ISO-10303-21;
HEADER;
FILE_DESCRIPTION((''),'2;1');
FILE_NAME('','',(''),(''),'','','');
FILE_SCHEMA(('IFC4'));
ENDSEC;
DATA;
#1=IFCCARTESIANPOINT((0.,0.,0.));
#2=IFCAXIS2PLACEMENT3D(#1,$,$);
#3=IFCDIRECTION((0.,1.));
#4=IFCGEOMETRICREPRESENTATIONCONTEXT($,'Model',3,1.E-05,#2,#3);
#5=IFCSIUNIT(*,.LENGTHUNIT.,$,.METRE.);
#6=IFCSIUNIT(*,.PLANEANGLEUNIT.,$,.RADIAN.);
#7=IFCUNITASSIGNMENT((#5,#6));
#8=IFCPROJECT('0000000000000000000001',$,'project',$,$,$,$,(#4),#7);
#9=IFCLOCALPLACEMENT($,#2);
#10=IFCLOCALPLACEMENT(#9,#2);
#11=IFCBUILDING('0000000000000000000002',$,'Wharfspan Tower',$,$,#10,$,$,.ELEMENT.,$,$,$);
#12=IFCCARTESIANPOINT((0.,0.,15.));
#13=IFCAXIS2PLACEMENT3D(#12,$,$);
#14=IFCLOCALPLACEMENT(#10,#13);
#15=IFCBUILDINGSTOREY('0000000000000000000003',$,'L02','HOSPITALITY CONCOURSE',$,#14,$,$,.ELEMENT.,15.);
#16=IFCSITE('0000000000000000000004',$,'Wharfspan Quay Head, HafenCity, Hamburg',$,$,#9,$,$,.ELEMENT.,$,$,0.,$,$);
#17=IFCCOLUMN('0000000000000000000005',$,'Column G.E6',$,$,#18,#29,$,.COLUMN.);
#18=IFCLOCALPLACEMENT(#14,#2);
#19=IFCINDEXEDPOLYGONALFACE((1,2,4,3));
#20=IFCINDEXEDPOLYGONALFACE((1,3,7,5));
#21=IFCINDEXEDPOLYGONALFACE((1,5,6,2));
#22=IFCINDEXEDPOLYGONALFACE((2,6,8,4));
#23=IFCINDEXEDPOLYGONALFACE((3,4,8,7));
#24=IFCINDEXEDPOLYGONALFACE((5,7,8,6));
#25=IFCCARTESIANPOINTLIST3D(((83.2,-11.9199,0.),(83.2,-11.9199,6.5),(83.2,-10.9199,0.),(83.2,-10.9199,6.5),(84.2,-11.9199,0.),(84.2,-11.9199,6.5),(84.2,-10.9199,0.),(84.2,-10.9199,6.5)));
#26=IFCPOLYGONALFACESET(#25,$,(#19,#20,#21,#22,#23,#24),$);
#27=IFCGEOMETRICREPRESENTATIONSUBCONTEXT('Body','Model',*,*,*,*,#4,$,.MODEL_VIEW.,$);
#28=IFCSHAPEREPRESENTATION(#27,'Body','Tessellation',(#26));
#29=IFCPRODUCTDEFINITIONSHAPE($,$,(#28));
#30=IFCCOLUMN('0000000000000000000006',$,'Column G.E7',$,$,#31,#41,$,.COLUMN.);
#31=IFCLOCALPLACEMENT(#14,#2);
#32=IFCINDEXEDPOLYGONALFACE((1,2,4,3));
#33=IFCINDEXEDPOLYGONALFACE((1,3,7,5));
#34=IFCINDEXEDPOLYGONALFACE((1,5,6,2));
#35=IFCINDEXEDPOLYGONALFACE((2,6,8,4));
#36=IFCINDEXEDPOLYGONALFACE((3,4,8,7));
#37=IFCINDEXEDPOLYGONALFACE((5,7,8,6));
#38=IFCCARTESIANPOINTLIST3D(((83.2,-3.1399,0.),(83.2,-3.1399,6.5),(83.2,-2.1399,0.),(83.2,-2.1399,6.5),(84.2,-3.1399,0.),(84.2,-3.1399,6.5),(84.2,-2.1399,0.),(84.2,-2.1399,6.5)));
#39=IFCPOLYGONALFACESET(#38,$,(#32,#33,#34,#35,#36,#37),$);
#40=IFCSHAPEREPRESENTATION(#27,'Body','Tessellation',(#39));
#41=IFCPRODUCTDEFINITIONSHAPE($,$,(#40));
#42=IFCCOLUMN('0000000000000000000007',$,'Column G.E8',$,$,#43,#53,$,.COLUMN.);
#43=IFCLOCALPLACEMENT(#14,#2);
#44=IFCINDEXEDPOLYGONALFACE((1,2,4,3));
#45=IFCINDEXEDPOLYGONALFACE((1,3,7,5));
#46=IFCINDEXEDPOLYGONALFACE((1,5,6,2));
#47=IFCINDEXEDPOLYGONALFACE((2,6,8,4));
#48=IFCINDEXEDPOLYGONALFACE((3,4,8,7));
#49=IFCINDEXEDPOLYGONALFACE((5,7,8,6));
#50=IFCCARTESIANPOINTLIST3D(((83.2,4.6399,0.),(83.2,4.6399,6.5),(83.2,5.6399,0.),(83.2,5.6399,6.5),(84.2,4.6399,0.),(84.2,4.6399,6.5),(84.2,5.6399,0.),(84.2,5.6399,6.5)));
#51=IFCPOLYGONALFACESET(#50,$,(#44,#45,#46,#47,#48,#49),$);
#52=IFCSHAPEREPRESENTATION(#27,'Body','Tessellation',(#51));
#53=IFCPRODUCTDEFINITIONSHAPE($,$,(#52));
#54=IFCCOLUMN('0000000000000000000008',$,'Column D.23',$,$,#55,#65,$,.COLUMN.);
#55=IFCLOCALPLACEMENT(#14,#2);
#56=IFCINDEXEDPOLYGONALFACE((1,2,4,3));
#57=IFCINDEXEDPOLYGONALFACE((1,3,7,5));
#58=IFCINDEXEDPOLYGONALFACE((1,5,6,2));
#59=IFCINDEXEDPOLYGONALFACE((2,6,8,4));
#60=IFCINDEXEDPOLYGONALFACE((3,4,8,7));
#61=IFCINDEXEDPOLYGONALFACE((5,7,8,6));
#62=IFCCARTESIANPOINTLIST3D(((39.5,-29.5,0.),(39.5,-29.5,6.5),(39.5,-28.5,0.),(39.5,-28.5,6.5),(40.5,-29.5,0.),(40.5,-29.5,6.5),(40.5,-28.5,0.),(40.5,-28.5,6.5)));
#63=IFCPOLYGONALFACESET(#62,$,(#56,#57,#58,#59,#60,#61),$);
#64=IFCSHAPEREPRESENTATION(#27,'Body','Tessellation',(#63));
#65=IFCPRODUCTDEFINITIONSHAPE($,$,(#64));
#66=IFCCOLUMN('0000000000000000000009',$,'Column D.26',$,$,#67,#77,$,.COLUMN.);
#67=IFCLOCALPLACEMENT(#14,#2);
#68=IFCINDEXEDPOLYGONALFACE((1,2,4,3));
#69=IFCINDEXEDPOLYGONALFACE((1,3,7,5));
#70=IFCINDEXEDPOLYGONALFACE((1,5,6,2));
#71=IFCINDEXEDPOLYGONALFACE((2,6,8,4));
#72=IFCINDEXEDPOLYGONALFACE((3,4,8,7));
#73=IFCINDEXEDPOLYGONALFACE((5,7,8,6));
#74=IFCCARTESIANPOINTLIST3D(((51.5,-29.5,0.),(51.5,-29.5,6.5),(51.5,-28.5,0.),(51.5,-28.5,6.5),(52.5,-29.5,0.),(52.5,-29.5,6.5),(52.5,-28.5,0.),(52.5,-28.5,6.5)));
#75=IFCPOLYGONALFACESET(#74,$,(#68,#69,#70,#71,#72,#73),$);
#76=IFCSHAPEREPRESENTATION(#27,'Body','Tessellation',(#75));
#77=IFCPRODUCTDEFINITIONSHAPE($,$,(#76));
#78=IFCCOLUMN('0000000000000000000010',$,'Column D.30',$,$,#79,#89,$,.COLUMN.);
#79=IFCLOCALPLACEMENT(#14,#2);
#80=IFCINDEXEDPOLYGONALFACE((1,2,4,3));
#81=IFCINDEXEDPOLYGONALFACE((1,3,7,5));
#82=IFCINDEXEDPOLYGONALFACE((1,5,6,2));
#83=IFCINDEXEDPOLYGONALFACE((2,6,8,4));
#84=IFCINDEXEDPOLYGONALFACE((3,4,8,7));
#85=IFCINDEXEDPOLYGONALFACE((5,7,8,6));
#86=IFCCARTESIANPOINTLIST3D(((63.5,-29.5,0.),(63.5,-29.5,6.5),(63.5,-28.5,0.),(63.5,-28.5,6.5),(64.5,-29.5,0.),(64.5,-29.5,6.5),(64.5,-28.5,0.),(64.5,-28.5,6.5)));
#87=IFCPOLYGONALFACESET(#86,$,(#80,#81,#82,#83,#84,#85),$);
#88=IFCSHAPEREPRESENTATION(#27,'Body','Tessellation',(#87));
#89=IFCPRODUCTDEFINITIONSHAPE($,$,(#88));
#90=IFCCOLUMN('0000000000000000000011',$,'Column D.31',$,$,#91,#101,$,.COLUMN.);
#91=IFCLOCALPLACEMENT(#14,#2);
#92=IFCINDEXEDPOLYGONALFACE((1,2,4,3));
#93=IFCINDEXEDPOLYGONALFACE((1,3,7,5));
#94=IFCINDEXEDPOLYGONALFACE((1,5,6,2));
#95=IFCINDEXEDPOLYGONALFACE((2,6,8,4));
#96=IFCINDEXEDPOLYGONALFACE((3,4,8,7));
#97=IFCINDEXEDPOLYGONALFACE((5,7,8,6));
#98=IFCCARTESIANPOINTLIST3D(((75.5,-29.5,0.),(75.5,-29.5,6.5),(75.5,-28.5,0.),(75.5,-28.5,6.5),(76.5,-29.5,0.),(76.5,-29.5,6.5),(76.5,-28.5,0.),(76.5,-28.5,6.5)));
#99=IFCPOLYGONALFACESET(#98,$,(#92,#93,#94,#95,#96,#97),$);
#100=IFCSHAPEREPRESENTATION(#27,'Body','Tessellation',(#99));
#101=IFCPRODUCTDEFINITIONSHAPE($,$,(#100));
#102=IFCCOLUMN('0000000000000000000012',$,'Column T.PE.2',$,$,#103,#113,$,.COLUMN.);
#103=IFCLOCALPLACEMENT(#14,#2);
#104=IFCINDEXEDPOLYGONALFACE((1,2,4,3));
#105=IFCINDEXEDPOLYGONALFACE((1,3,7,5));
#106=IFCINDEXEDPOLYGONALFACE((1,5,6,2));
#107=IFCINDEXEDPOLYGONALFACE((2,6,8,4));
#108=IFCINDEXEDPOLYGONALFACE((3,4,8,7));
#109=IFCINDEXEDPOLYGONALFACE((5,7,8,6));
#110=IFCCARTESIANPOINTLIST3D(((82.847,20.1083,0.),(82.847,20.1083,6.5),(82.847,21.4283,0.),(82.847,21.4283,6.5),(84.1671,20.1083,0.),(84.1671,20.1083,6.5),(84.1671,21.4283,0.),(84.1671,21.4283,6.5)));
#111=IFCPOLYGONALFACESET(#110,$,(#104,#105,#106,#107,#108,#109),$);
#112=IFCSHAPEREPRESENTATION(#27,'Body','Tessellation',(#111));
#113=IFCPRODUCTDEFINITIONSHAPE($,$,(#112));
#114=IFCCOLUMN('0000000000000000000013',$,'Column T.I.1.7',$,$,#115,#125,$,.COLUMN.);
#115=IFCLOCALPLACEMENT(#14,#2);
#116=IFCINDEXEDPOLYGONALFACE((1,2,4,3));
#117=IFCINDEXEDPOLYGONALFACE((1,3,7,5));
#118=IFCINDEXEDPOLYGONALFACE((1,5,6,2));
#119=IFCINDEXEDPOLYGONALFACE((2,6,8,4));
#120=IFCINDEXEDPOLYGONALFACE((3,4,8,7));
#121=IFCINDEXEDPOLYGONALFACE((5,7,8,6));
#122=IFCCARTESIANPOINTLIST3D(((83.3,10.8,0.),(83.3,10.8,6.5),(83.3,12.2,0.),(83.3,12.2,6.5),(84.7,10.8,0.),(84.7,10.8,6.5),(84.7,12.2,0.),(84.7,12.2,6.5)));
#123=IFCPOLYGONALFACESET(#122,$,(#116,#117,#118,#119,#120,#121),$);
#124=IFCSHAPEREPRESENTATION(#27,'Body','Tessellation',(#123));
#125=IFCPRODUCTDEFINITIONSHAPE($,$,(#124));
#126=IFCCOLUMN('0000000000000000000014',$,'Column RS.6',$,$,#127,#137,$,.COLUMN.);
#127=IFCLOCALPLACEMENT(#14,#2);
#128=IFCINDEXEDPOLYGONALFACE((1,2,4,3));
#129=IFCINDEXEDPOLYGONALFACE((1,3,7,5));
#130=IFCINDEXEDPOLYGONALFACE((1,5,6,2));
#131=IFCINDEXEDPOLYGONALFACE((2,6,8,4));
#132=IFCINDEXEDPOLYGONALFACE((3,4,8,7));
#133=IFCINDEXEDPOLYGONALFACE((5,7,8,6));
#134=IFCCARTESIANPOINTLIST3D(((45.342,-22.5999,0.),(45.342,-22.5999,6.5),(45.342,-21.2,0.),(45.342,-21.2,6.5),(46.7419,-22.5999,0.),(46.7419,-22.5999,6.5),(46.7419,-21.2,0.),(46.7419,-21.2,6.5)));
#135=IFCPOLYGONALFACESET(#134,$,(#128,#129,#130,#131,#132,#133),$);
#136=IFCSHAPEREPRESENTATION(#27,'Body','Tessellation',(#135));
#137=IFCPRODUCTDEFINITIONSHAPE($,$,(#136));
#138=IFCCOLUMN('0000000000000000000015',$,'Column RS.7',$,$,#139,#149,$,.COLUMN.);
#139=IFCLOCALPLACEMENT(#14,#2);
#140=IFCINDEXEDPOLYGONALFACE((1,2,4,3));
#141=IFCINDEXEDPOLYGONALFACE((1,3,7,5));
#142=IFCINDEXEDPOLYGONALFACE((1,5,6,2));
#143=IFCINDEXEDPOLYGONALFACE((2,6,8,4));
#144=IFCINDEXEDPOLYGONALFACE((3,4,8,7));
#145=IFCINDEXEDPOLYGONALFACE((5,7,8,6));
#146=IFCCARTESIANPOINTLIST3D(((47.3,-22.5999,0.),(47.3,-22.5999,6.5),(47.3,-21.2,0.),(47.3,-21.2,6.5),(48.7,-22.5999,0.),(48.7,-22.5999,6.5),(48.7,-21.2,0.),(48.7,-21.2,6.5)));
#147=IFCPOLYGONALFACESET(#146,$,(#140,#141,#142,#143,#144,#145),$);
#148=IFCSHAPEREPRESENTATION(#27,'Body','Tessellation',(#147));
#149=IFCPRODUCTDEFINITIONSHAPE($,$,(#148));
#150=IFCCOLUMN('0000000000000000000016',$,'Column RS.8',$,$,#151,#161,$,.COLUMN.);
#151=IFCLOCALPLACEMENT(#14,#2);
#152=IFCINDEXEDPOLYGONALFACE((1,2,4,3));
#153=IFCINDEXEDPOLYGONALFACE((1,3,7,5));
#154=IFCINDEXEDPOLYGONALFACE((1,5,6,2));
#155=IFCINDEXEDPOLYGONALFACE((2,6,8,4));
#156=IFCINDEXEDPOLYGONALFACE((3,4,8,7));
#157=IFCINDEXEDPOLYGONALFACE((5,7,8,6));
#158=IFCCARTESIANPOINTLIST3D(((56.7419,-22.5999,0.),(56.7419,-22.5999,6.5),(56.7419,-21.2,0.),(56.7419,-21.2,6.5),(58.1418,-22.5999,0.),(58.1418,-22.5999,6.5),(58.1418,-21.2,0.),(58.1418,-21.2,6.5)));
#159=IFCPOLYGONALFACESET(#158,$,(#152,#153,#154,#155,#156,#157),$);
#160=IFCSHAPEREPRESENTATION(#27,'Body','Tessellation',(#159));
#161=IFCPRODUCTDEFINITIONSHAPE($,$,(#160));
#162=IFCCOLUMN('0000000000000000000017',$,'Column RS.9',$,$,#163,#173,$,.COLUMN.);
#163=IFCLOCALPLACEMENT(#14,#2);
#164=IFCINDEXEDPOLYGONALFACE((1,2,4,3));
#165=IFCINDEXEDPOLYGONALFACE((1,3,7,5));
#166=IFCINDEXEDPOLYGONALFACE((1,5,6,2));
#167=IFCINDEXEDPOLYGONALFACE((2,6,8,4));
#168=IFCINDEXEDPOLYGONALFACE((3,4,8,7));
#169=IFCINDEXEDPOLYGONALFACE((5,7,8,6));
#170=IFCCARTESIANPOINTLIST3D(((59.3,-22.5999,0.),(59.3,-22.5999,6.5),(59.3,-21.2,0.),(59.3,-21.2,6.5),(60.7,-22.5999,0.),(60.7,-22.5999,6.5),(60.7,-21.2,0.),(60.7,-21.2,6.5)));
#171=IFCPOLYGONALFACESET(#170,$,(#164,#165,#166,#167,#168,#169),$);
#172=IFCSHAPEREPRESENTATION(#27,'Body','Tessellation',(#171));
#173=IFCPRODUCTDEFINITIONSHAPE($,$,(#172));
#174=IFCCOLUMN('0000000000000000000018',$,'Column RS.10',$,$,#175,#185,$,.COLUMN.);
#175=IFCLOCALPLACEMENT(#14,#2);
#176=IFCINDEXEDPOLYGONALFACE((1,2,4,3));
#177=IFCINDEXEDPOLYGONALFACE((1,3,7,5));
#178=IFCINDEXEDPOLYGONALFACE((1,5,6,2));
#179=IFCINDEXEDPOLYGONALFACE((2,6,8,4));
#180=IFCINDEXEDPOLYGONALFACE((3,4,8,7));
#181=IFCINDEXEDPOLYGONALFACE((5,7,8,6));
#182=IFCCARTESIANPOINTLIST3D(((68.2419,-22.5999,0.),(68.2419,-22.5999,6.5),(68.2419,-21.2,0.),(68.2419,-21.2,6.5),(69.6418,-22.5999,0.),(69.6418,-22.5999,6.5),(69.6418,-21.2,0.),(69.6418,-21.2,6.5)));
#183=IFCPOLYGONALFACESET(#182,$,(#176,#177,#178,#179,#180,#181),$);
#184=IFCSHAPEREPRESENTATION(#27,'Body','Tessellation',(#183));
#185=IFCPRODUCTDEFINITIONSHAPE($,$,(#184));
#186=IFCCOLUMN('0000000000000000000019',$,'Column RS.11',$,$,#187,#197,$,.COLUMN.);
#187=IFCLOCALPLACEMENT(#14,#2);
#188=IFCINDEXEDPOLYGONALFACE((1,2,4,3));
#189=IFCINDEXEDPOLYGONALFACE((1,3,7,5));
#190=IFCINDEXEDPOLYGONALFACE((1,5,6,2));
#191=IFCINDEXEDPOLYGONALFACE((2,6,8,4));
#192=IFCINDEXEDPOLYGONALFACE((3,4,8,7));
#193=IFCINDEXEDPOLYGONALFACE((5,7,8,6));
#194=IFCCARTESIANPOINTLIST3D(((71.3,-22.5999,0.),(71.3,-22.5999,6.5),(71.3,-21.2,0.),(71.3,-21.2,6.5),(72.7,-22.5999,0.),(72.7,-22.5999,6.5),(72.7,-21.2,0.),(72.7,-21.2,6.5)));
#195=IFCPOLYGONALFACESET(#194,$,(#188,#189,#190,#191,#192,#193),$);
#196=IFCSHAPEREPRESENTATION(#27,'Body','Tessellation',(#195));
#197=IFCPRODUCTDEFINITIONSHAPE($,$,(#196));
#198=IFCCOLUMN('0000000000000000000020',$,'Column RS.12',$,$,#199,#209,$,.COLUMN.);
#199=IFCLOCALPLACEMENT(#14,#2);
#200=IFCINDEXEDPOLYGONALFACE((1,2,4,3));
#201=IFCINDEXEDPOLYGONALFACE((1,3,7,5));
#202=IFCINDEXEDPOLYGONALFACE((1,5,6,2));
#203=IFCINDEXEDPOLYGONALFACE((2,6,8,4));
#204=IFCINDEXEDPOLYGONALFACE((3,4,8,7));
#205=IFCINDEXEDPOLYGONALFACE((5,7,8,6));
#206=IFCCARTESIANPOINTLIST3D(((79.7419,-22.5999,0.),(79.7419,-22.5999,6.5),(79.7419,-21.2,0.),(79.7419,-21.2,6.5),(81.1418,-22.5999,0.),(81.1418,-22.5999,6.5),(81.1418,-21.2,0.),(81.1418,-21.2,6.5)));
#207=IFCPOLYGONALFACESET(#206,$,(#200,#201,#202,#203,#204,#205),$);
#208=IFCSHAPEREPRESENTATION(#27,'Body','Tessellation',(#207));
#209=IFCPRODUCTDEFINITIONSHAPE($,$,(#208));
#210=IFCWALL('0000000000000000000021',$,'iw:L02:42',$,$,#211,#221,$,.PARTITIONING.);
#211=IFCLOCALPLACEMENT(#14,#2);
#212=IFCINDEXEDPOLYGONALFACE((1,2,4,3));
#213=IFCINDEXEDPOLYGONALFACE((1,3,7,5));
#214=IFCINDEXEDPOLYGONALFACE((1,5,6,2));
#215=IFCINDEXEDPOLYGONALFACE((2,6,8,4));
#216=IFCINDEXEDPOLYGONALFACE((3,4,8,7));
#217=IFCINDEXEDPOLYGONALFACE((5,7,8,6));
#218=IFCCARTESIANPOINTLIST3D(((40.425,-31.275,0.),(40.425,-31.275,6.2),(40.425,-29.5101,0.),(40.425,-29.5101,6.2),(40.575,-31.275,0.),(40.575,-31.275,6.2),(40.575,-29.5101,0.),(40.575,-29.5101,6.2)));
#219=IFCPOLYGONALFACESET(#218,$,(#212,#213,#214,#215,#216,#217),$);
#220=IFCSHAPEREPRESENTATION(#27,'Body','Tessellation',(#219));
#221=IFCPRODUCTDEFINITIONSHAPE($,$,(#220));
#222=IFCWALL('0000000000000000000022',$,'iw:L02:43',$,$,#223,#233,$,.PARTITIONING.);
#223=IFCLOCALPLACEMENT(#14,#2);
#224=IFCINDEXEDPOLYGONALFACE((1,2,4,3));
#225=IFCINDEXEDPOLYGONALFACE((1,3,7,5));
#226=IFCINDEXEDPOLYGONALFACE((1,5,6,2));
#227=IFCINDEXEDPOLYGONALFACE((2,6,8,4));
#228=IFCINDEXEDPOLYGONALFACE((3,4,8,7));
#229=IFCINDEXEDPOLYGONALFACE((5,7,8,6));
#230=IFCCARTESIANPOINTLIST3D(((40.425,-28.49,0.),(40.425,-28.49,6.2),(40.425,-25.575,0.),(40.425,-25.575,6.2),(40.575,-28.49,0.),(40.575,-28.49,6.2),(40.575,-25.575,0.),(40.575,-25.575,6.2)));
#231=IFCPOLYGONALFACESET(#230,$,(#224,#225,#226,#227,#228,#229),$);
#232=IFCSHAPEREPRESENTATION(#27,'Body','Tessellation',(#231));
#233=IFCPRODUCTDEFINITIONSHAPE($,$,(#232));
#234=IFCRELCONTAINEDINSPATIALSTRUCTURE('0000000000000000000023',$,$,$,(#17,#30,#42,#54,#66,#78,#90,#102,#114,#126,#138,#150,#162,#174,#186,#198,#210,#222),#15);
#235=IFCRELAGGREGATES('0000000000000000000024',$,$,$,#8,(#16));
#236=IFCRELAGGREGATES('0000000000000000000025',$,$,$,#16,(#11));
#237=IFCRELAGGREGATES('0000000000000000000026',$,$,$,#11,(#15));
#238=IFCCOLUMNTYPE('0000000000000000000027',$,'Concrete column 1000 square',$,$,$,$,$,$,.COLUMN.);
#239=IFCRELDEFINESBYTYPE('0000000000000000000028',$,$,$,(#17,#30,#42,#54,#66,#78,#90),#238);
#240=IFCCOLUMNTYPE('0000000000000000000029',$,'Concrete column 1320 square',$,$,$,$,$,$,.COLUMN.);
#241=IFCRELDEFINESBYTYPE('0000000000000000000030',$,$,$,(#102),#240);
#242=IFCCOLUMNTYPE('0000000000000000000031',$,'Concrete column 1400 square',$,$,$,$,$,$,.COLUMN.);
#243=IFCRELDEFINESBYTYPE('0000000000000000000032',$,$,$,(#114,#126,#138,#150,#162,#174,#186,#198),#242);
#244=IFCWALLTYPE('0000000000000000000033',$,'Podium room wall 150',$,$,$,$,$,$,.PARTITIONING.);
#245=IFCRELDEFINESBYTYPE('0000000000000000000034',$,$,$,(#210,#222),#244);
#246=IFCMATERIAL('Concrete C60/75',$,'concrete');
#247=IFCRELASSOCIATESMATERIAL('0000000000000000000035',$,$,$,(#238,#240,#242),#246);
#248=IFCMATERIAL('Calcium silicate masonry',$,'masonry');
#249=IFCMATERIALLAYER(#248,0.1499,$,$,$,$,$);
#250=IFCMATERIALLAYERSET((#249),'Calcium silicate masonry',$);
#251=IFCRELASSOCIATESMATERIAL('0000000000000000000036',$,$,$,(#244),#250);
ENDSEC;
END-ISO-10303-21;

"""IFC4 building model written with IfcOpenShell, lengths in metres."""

from ifc_helpers import new_model, si_unit, direction, frame, frame_2d, origin, origin_2d, place, context, subcontext, project, spatial, rectangle, extrude, material, layer, layer_set, material_profile, profile_set, type_object, element, save


model = new_model("IFC4")

# Units and contexts
model_context = context("Model", 3, precision=1e-05, world=origin(), true_north=direction((0.0, 1.0)))
body_context = subcontext(model_context, "Body", "Model", "MODEL_VIEW")
ifc_project = project(units=[si_unit("LENGTHUNIT", "METRE"), si_unit("PLANEANGLEUNIT", "RADIAN")], contexts=[model_context])

# Site, building, storey
site_placement = place(None, origin())
site = spatial("IfcSite", under=ifc_project, at=site_placement, Name="Wharfspan Quay Head, HafenCity, Hamburg", CompositionType="ELEMENT", RefElevation=0.0)
building_placement = place(site_placement, origin())
building = spatial("IfcBuilding", under=site, at=building_placement, Name="Wharfspan Tower", CompositionType="ELEMENT")
storey_placement = place(building_placement, frame((0.0, 0.0, 15.0)))
storey = spatial("IfcBuildingStorey", under=building, at=storey_placement, Name="L02", Description="HOSPITALITY CONCOURSE", CompositionType="ELEMENT", Elevation=15.0)

# Columns
ifc_material_1 = material(Name="Concrete C60/75", Category="concrete")
ifc_material_profile_1 = material_profile(ifc_material_1, rectangle(XDim=1.0, YDim=1.0, at=origin_2d()))
ifc_profile_set_1 = profile_set([ifc_material_profile_1], Name="Concrete C60/75")
column_type_1 = type_object("IfcColumnType", Name="Concrete column 1000 square", PredefinedType="COLUMN", material=ifc_profile_set_1)
for number, where, z_axis, x_axis, name in (
    (1, (83.7, -11.4199, 0.0), (0.0, 0.0, 1.0), (1.0, 0.0, 0.0), "Column G.E6"),
    (2, (83.7, -2.6399, 0.0), (0.0, 0.0, 1.0), (1.0, 0.0, 0.0), "Column G.E7"),
    (3, (83.7, 5.1399, 0.0), (0.0, 0.0, 1.0), (1.0, 0.0, 0.0), "Column G.E8"),
    (4, (40.0, -29.0, 0.0), (0.0, 0.0, 1.0), (1.0, 0.0, 0.0), "Column D.23"),
    (5, (52.0, -29.0, 0.0), (0.0, 0.0, 1.0), (1.0, 0.0, 0.0), "Column D.26"),
    (6, (64.0, -29.0, 0.0), (0.0, 0.0, 1.0), (1.0, 0.0, 0.0), "Column D.30"),
    (7, (76.0, -29.0, 0.0), (0.0, 0.0, 1.0), (1.0, 0.0, 0.0), "Column D.31"),
):
    element("IfcColumn", number, at=place(storey_placement, frame(where, z_axis=z_axis, x_axis=x_axis)), inside=storey, type_object=column_type_1, Name=name, PredefinedType="COLUMN", context=body_context, shape_type="SweptSolid", body=[
        extrude(rectangle(XDim=1.0, YDim=1.0, at=origin_2d()), origin(), (0.0, 0.0, 1.0), 6.5),
    ])
ifc_material_profile_2 = material_profile(ifc_material_1, rectangle(XDim=1.3201, YDim=1.3201, at=origin_2d()))
ifc_profile_set_2 = profile_set([ifc_material_profile_2], Name="Concrete C60/75")
column_type_2 = type_object("IfcColumnType", Name="Concrete column 1320 square", PredefinedType="COLUMN", material=ifc_profile_set_2)
column_placement = place(storey_placement, frame((83.5071, 20.7683, 0.0), z_axis=(0.0, 0.0, 1.0), x_axis=(1.0, 0.0, 0.0)))
element("IfcColumn", 8, at=column_placement, inside=storey, type_object=column_type_2, Name="Column T.PE.2", PredefinedType="COLUMN", context=body_context, shape_type="SweptSolid", body=[
    extrude(rectangle(XDim=1.3201, YDim=1.3201, at=origin_2d()), origin(), (0.0, 0.0, 1.0), 6.5),
])
ifc_material_profile_3 = material_profile(ifc_material_1, rectangle(XDim=1.3999, YDim=1.3999, at=origin_2d()))
ifc_profile_set_3 = profile_set([ifc_material_profile_3], Name="Concrete C60/75")
column_type_3 = type_object("IfcColumnType", Name="Concrete column 1400 square", PredefinedType="COLUMN", material=ifc_profile_set_3)
for number, where, z_axis, x_axis, name in (
    (9, (84.0, 11.5, 0.0), (0.0, 0.0, 1.0), (1.0, 0.0, 0.0), "Column T.I.1.7"),
    (10, (46.042, -21.8999, 0.0), (0.0, 0.0, 1.0), (1.0, 0.0, 0.0), "Column RS.6"),
    (11, (48.0, -21.8999, 0.0), (0.0, 0.0, 1.0), (1.0, 0.0, 0.0), "Column RS.7"),
    (12, (57.4419, -21.8999, 0.0), (0.0, 0.0, 1.0), (1.0, 0.0, 0.0), "Column RS.8"),
    (13, (60.0, -21.8999, 0.0), (0.0, 0.0, 1.0), (1.0, 0.0, 0.0), "Column RS.9"),
    (14, (68.9419, -21.8999, 0.0), (0.0, 0.0, 1.0), (1.0, 0.0, 0.0), "Column RS.10"),
    (15, (72.0, -21.8999, 0.0), (0.0, 0.0, 1.0), (1.0, 0.0, 0.0), "Column RS.11"),
    (16, (80.4419, -21.8999, 0.0), (0.0, 0.0, 1.0), (1.0, 0.0, 0.0), "Column RS.12"),
):
    element("IfcColumn", number, at=place(storey_placement, frame(where, z_axis=z_axis, x_axis=x_axis)), inside=storey, type_object=column_type_3, Name=name, PredefinedType="COLUMN", context=body_context, shape_type="SweptSolid", body=[
        extrude(rectangle(XDim=1.3999, YDim=1.3999, at=origin_2d()), origin(), (0.0, 0.0, 1.0), 6.5),
    ])

# Walls
ifc_material_2 = material(Name="Calcium silicate masonry", Category="masonry")
ifc_layer_1 = layer(ifc_material_2, 0.1499)
ifc_layer_set_1 = layer_set([ifc_layer_1], Name="Calcium silicate masonry")
wall_type_1 = type_object("IfcWallType", Name="Podium room wall 150", PredefinedType="PARTITIONING", material=ifc_layer_set_1)
wall_1_placement = place(storey_placement, frame((40.5, -31.2749, 0.0), z_axis=(0.0, 0.0, 1.0), x_axis=(0.0, 1.0, 0.0)))
element("IfcWall", 17, at=wall_1_placement, inside=storey, type_object=wall_type_1, Name="iw:L02:42", PredefinedType="PARTITIONING", context=body_context, shape_type="SweptSolid", body=[
    extrude(rectangle(XDim=1.7649, YDim=0.1499, at=frame_2d((0.8823, 0.0))), origin(), (0.0, 0.0, 1.0), 6.2),
])
wall_2_placement = place(storey_placement, frame((40.5, -28.49, 0.0), z_axis=(0.0, 0.0, 1.0), x_axis=(0.0, 1.0, 0.0)))
element("IfcWall", 18, at=wall_2_placement, inside=storey, type_object=wall_type_1, Name="iw:L02:43", PredefinedType="PARTITIONING", context=body_context, shape_type="SweptSolid", body=[
    extrude(rectangle(XDim=2.915, YDim=0.1499, at=frame_2d((1.4575, 0.0))), origin(), (0.0, 0.0, 1.0), 6.2),
])

save(model, "model.ifc")
